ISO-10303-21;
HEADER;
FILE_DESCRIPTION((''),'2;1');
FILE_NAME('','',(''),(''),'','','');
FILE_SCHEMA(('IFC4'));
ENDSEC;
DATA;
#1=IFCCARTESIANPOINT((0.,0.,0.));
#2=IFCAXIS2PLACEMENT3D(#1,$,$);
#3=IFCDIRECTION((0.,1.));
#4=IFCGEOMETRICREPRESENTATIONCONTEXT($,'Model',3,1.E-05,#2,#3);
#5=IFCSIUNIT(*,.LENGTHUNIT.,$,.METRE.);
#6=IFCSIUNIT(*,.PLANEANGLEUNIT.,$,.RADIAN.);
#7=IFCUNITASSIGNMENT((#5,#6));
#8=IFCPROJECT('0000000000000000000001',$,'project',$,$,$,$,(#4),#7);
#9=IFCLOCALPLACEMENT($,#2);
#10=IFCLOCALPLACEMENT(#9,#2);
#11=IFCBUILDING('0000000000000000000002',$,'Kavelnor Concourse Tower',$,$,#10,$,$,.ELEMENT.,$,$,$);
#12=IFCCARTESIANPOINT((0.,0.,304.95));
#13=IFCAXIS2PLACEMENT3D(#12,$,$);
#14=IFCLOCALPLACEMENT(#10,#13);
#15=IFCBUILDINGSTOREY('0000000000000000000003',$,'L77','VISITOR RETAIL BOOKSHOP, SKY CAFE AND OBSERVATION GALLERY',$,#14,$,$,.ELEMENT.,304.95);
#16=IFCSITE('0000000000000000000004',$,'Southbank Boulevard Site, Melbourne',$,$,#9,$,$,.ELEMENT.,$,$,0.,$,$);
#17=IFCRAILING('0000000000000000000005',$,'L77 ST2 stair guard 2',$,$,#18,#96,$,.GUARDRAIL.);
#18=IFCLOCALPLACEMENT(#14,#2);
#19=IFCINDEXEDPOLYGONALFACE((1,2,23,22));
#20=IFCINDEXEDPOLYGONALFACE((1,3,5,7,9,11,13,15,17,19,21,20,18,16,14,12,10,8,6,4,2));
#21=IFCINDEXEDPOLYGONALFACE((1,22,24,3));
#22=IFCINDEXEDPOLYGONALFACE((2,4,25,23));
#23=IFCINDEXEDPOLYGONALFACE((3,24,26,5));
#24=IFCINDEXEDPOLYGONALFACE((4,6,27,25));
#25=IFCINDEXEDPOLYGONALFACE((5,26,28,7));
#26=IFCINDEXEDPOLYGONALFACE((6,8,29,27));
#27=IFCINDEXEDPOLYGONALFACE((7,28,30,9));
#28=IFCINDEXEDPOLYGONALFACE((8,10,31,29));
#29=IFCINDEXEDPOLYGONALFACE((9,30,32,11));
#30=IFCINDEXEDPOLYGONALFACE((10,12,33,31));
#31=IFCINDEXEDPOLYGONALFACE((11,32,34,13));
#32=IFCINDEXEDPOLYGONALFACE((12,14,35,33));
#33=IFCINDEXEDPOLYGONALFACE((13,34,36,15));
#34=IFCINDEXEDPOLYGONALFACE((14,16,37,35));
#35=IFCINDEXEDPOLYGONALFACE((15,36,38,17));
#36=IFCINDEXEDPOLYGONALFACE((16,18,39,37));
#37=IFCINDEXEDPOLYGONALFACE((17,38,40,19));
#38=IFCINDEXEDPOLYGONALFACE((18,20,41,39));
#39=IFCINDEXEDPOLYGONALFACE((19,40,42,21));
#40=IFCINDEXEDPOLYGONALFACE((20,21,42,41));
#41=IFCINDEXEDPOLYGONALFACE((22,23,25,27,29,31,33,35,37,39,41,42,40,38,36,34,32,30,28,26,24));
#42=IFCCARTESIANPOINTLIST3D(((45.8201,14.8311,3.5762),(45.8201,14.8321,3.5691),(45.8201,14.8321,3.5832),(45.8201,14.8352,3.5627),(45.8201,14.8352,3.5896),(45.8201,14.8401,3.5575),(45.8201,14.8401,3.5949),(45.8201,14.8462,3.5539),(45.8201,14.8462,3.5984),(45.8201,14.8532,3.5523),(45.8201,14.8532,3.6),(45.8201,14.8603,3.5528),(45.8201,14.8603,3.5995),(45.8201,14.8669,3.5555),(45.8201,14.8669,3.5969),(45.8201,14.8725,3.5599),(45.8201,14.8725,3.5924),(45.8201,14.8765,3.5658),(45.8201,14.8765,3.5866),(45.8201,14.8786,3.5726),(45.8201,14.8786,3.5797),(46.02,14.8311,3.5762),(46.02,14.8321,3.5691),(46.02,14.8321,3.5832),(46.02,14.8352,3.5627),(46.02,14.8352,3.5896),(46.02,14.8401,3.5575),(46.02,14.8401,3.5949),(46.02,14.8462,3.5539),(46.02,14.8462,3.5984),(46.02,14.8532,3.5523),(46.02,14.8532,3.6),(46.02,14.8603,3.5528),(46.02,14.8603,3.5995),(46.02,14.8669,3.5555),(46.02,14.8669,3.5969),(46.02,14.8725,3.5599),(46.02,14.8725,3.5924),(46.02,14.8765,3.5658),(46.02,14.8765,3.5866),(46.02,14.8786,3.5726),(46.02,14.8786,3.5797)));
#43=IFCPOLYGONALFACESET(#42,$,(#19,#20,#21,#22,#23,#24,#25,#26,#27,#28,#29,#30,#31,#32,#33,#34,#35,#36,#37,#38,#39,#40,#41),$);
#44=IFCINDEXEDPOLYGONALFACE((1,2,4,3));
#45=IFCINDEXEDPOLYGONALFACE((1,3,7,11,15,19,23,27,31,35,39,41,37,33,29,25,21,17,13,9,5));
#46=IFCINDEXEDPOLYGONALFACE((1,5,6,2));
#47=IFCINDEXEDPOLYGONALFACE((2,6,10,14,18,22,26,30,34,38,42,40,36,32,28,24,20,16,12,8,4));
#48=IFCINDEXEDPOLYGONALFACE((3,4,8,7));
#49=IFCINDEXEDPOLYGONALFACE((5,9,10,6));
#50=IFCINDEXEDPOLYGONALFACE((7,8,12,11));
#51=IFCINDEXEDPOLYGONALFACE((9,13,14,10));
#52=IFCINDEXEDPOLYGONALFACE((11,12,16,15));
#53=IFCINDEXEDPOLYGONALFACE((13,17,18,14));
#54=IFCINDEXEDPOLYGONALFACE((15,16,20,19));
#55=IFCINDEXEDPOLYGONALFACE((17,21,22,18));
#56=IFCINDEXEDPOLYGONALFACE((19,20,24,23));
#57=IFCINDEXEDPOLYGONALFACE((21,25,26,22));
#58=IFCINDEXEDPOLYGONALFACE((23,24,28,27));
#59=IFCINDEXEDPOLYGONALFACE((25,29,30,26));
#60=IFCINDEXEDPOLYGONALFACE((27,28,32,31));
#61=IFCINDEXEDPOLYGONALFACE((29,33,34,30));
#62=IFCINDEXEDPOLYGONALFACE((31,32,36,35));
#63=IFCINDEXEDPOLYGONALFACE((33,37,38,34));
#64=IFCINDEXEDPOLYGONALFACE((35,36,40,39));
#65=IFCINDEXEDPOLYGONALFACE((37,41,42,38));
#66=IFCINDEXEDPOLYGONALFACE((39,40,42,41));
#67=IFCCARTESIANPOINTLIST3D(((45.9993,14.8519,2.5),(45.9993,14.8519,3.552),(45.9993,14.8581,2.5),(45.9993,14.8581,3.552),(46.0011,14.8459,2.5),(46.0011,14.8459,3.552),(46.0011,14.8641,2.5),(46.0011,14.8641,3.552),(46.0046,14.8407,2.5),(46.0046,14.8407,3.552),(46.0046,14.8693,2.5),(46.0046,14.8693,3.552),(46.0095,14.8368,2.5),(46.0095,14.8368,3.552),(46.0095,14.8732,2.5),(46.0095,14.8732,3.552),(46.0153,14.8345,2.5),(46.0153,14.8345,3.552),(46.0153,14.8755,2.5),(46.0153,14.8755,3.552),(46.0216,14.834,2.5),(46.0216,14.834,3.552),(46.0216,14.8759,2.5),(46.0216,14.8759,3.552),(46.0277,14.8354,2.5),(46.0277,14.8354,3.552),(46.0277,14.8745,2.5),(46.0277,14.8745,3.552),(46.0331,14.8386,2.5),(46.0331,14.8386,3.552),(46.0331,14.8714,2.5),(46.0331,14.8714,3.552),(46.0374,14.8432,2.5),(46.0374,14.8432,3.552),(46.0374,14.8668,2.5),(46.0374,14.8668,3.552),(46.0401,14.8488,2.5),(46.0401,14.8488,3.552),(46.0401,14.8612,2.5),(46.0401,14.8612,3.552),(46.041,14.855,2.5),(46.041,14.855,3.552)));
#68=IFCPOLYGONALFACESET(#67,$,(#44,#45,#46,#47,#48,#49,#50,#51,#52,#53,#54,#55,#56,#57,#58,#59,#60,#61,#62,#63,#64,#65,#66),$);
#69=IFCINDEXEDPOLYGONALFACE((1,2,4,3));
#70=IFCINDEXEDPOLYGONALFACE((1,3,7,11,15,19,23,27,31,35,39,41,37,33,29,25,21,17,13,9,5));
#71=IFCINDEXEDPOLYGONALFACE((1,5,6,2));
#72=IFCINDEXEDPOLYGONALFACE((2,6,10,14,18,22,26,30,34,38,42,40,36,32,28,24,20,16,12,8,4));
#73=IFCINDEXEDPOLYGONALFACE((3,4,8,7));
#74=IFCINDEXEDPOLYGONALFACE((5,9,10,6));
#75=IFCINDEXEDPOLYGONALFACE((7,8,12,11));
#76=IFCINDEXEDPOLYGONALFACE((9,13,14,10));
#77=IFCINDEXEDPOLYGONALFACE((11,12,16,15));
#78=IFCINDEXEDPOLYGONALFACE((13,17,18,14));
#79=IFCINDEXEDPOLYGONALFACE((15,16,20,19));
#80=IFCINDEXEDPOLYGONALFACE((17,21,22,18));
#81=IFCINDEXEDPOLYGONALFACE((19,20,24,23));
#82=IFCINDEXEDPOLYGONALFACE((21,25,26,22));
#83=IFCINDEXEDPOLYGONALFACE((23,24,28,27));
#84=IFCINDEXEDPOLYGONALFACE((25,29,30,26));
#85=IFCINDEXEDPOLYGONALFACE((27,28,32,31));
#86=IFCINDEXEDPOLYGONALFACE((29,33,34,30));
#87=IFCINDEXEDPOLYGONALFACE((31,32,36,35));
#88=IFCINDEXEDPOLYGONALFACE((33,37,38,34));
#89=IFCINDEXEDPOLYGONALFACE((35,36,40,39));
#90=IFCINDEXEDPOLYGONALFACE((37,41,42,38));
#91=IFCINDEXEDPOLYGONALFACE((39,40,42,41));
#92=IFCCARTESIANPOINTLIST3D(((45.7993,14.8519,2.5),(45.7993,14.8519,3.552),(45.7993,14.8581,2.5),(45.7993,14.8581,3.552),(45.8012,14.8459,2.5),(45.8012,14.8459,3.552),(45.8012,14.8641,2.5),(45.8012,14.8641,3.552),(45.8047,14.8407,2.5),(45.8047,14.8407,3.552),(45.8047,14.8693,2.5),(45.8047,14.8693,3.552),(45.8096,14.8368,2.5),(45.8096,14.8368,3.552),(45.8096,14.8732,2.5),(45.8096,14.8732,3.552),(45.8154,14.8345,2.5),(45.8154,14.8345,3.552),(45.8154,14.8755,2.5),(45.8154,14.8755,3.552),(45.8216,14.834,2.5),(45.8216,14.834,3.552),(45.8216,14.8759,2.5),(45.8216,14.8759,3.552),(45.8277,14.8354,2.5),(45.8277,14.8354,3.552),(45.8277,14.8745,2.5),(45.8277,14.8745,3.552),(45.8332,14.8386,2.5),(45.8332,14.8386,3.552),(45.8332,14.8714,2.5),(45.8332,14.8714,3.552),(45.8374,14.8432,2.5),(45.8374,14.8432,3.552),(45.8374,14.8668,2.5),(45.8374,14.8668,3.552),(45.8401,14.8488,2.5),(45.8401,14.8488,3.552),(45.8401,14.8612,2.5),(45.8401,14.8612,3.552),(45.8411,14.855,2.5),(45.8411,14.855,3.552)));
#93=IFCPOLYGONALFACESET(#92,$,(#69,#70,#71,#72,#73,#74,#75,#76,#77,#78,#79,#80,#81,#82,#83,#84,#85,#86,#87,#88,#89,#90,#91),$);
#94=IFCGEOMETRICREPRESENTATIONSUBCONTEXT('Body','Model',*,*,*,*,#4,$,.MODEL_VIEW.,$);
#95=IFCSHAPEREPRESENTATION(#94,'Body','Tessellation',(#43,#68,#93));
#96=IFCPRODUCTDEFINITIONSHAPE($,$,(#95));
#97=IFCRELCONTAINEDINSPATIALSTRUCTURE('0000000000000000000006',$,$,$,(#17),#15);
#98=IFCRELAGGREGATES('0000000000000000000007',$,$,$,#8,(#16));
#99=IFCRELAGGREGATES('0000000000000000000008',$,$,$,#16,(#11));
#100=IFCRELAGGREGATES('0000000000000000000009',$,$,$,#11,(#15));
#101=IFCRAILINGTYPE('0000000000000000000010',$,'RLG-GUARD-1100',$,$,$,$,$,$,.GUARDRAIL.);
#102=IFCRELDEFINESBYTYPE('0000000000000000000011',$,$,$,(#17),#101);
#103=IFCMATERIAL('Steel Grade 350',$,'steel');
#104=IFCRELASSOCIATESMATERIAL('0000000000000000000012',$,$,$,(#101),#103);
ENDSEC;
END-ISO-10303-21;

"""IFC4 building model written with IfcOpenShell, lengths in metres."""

from ifc_helpers import new_model, si_unit, direction, frame, origin, origin_2d, place, context, subcontext, project, spatial, circle, extrude, material, type_object, element, save


model = new_model("IFC4")

# Units and contexts
model_context = context("Model", 3, precision=1e-05, world=origin(), true_north=direction((0.0, 1.0)))
body_context = subcontext(model_context, "Body", "Model", "MODEL_VIEW")
ifc_project = project(units=[si_unit("LENGTHUNIT", "METRE"), si_unit("PLANEANGLEUNIT", "RADIAN")], contexts=[model_context])

# Site, building, storey
site_placement = place(None, origin())
site = spatial("IfcSite", under=ifc_project, at=site_placement, Name="Southbank Boulevard Site, Melbourne", CompositionType="ELEMENT", RefElevation=0.0)
building_placement = place(site_placement, origin())
building = spatial("IfcBuilding", under=site, at=building_placement, Name="Kavelnor Concourse Tower", CompositionType="ELEMENT")
storey_placement = place(building_placement, frame((0.0, 0.0, 304.95)))
storey = spatial("IfcBuildingStorey", under=building, at=storey_placement, Name="L77", Description="VISITOR RETAIL BOOKSHOP, SKY CAFE AND OBSERVATION GALLERY", CompositionType="ELEMENT", Elevation=304.95)

# Shared definitions
ifc_material_1 = material(Name="Steel Grade 350", Category="steel")

# Railing
railing_type_1 = type_object("IfcRailingType", Name="RLG-GUARD-1100", PredefinedType="GUARDRAIL", material=ifc_material_1)
railing_1_placement = place(storey_placement, frame((46.02, 14.855, 2.5)))
element("IfcRailing", 1, at=railing_1_placement, inside=storey, type_object=railing_type_1, Name="L77 ST2 stair guard 2", PredefinedType="GUARDRAIL", context=body_context, shape_type="SweptSolid", body=[
    extrude(circle(Radius=0.0239, at=origin_2d()), frame((0.0, 0.0, 1.0762), z_axis=(-1.0, 0.0, 0.0), x_axis=(0.0, -1.0, 0.0)), (0.0, 0.0, 1.0), 0.2),
    extrude(circle(Radius=0.021, at=origin_2d()), origin(), (0.0, 0.0, 1.0), 1.052),
    extrude(circle(Radius=0.021, at=origin_2d()), frame((-0.2, 0.0, 0.0)), (0.0, 0.0, 1.0), 1.052),
])

save(model, "model.ifc")
